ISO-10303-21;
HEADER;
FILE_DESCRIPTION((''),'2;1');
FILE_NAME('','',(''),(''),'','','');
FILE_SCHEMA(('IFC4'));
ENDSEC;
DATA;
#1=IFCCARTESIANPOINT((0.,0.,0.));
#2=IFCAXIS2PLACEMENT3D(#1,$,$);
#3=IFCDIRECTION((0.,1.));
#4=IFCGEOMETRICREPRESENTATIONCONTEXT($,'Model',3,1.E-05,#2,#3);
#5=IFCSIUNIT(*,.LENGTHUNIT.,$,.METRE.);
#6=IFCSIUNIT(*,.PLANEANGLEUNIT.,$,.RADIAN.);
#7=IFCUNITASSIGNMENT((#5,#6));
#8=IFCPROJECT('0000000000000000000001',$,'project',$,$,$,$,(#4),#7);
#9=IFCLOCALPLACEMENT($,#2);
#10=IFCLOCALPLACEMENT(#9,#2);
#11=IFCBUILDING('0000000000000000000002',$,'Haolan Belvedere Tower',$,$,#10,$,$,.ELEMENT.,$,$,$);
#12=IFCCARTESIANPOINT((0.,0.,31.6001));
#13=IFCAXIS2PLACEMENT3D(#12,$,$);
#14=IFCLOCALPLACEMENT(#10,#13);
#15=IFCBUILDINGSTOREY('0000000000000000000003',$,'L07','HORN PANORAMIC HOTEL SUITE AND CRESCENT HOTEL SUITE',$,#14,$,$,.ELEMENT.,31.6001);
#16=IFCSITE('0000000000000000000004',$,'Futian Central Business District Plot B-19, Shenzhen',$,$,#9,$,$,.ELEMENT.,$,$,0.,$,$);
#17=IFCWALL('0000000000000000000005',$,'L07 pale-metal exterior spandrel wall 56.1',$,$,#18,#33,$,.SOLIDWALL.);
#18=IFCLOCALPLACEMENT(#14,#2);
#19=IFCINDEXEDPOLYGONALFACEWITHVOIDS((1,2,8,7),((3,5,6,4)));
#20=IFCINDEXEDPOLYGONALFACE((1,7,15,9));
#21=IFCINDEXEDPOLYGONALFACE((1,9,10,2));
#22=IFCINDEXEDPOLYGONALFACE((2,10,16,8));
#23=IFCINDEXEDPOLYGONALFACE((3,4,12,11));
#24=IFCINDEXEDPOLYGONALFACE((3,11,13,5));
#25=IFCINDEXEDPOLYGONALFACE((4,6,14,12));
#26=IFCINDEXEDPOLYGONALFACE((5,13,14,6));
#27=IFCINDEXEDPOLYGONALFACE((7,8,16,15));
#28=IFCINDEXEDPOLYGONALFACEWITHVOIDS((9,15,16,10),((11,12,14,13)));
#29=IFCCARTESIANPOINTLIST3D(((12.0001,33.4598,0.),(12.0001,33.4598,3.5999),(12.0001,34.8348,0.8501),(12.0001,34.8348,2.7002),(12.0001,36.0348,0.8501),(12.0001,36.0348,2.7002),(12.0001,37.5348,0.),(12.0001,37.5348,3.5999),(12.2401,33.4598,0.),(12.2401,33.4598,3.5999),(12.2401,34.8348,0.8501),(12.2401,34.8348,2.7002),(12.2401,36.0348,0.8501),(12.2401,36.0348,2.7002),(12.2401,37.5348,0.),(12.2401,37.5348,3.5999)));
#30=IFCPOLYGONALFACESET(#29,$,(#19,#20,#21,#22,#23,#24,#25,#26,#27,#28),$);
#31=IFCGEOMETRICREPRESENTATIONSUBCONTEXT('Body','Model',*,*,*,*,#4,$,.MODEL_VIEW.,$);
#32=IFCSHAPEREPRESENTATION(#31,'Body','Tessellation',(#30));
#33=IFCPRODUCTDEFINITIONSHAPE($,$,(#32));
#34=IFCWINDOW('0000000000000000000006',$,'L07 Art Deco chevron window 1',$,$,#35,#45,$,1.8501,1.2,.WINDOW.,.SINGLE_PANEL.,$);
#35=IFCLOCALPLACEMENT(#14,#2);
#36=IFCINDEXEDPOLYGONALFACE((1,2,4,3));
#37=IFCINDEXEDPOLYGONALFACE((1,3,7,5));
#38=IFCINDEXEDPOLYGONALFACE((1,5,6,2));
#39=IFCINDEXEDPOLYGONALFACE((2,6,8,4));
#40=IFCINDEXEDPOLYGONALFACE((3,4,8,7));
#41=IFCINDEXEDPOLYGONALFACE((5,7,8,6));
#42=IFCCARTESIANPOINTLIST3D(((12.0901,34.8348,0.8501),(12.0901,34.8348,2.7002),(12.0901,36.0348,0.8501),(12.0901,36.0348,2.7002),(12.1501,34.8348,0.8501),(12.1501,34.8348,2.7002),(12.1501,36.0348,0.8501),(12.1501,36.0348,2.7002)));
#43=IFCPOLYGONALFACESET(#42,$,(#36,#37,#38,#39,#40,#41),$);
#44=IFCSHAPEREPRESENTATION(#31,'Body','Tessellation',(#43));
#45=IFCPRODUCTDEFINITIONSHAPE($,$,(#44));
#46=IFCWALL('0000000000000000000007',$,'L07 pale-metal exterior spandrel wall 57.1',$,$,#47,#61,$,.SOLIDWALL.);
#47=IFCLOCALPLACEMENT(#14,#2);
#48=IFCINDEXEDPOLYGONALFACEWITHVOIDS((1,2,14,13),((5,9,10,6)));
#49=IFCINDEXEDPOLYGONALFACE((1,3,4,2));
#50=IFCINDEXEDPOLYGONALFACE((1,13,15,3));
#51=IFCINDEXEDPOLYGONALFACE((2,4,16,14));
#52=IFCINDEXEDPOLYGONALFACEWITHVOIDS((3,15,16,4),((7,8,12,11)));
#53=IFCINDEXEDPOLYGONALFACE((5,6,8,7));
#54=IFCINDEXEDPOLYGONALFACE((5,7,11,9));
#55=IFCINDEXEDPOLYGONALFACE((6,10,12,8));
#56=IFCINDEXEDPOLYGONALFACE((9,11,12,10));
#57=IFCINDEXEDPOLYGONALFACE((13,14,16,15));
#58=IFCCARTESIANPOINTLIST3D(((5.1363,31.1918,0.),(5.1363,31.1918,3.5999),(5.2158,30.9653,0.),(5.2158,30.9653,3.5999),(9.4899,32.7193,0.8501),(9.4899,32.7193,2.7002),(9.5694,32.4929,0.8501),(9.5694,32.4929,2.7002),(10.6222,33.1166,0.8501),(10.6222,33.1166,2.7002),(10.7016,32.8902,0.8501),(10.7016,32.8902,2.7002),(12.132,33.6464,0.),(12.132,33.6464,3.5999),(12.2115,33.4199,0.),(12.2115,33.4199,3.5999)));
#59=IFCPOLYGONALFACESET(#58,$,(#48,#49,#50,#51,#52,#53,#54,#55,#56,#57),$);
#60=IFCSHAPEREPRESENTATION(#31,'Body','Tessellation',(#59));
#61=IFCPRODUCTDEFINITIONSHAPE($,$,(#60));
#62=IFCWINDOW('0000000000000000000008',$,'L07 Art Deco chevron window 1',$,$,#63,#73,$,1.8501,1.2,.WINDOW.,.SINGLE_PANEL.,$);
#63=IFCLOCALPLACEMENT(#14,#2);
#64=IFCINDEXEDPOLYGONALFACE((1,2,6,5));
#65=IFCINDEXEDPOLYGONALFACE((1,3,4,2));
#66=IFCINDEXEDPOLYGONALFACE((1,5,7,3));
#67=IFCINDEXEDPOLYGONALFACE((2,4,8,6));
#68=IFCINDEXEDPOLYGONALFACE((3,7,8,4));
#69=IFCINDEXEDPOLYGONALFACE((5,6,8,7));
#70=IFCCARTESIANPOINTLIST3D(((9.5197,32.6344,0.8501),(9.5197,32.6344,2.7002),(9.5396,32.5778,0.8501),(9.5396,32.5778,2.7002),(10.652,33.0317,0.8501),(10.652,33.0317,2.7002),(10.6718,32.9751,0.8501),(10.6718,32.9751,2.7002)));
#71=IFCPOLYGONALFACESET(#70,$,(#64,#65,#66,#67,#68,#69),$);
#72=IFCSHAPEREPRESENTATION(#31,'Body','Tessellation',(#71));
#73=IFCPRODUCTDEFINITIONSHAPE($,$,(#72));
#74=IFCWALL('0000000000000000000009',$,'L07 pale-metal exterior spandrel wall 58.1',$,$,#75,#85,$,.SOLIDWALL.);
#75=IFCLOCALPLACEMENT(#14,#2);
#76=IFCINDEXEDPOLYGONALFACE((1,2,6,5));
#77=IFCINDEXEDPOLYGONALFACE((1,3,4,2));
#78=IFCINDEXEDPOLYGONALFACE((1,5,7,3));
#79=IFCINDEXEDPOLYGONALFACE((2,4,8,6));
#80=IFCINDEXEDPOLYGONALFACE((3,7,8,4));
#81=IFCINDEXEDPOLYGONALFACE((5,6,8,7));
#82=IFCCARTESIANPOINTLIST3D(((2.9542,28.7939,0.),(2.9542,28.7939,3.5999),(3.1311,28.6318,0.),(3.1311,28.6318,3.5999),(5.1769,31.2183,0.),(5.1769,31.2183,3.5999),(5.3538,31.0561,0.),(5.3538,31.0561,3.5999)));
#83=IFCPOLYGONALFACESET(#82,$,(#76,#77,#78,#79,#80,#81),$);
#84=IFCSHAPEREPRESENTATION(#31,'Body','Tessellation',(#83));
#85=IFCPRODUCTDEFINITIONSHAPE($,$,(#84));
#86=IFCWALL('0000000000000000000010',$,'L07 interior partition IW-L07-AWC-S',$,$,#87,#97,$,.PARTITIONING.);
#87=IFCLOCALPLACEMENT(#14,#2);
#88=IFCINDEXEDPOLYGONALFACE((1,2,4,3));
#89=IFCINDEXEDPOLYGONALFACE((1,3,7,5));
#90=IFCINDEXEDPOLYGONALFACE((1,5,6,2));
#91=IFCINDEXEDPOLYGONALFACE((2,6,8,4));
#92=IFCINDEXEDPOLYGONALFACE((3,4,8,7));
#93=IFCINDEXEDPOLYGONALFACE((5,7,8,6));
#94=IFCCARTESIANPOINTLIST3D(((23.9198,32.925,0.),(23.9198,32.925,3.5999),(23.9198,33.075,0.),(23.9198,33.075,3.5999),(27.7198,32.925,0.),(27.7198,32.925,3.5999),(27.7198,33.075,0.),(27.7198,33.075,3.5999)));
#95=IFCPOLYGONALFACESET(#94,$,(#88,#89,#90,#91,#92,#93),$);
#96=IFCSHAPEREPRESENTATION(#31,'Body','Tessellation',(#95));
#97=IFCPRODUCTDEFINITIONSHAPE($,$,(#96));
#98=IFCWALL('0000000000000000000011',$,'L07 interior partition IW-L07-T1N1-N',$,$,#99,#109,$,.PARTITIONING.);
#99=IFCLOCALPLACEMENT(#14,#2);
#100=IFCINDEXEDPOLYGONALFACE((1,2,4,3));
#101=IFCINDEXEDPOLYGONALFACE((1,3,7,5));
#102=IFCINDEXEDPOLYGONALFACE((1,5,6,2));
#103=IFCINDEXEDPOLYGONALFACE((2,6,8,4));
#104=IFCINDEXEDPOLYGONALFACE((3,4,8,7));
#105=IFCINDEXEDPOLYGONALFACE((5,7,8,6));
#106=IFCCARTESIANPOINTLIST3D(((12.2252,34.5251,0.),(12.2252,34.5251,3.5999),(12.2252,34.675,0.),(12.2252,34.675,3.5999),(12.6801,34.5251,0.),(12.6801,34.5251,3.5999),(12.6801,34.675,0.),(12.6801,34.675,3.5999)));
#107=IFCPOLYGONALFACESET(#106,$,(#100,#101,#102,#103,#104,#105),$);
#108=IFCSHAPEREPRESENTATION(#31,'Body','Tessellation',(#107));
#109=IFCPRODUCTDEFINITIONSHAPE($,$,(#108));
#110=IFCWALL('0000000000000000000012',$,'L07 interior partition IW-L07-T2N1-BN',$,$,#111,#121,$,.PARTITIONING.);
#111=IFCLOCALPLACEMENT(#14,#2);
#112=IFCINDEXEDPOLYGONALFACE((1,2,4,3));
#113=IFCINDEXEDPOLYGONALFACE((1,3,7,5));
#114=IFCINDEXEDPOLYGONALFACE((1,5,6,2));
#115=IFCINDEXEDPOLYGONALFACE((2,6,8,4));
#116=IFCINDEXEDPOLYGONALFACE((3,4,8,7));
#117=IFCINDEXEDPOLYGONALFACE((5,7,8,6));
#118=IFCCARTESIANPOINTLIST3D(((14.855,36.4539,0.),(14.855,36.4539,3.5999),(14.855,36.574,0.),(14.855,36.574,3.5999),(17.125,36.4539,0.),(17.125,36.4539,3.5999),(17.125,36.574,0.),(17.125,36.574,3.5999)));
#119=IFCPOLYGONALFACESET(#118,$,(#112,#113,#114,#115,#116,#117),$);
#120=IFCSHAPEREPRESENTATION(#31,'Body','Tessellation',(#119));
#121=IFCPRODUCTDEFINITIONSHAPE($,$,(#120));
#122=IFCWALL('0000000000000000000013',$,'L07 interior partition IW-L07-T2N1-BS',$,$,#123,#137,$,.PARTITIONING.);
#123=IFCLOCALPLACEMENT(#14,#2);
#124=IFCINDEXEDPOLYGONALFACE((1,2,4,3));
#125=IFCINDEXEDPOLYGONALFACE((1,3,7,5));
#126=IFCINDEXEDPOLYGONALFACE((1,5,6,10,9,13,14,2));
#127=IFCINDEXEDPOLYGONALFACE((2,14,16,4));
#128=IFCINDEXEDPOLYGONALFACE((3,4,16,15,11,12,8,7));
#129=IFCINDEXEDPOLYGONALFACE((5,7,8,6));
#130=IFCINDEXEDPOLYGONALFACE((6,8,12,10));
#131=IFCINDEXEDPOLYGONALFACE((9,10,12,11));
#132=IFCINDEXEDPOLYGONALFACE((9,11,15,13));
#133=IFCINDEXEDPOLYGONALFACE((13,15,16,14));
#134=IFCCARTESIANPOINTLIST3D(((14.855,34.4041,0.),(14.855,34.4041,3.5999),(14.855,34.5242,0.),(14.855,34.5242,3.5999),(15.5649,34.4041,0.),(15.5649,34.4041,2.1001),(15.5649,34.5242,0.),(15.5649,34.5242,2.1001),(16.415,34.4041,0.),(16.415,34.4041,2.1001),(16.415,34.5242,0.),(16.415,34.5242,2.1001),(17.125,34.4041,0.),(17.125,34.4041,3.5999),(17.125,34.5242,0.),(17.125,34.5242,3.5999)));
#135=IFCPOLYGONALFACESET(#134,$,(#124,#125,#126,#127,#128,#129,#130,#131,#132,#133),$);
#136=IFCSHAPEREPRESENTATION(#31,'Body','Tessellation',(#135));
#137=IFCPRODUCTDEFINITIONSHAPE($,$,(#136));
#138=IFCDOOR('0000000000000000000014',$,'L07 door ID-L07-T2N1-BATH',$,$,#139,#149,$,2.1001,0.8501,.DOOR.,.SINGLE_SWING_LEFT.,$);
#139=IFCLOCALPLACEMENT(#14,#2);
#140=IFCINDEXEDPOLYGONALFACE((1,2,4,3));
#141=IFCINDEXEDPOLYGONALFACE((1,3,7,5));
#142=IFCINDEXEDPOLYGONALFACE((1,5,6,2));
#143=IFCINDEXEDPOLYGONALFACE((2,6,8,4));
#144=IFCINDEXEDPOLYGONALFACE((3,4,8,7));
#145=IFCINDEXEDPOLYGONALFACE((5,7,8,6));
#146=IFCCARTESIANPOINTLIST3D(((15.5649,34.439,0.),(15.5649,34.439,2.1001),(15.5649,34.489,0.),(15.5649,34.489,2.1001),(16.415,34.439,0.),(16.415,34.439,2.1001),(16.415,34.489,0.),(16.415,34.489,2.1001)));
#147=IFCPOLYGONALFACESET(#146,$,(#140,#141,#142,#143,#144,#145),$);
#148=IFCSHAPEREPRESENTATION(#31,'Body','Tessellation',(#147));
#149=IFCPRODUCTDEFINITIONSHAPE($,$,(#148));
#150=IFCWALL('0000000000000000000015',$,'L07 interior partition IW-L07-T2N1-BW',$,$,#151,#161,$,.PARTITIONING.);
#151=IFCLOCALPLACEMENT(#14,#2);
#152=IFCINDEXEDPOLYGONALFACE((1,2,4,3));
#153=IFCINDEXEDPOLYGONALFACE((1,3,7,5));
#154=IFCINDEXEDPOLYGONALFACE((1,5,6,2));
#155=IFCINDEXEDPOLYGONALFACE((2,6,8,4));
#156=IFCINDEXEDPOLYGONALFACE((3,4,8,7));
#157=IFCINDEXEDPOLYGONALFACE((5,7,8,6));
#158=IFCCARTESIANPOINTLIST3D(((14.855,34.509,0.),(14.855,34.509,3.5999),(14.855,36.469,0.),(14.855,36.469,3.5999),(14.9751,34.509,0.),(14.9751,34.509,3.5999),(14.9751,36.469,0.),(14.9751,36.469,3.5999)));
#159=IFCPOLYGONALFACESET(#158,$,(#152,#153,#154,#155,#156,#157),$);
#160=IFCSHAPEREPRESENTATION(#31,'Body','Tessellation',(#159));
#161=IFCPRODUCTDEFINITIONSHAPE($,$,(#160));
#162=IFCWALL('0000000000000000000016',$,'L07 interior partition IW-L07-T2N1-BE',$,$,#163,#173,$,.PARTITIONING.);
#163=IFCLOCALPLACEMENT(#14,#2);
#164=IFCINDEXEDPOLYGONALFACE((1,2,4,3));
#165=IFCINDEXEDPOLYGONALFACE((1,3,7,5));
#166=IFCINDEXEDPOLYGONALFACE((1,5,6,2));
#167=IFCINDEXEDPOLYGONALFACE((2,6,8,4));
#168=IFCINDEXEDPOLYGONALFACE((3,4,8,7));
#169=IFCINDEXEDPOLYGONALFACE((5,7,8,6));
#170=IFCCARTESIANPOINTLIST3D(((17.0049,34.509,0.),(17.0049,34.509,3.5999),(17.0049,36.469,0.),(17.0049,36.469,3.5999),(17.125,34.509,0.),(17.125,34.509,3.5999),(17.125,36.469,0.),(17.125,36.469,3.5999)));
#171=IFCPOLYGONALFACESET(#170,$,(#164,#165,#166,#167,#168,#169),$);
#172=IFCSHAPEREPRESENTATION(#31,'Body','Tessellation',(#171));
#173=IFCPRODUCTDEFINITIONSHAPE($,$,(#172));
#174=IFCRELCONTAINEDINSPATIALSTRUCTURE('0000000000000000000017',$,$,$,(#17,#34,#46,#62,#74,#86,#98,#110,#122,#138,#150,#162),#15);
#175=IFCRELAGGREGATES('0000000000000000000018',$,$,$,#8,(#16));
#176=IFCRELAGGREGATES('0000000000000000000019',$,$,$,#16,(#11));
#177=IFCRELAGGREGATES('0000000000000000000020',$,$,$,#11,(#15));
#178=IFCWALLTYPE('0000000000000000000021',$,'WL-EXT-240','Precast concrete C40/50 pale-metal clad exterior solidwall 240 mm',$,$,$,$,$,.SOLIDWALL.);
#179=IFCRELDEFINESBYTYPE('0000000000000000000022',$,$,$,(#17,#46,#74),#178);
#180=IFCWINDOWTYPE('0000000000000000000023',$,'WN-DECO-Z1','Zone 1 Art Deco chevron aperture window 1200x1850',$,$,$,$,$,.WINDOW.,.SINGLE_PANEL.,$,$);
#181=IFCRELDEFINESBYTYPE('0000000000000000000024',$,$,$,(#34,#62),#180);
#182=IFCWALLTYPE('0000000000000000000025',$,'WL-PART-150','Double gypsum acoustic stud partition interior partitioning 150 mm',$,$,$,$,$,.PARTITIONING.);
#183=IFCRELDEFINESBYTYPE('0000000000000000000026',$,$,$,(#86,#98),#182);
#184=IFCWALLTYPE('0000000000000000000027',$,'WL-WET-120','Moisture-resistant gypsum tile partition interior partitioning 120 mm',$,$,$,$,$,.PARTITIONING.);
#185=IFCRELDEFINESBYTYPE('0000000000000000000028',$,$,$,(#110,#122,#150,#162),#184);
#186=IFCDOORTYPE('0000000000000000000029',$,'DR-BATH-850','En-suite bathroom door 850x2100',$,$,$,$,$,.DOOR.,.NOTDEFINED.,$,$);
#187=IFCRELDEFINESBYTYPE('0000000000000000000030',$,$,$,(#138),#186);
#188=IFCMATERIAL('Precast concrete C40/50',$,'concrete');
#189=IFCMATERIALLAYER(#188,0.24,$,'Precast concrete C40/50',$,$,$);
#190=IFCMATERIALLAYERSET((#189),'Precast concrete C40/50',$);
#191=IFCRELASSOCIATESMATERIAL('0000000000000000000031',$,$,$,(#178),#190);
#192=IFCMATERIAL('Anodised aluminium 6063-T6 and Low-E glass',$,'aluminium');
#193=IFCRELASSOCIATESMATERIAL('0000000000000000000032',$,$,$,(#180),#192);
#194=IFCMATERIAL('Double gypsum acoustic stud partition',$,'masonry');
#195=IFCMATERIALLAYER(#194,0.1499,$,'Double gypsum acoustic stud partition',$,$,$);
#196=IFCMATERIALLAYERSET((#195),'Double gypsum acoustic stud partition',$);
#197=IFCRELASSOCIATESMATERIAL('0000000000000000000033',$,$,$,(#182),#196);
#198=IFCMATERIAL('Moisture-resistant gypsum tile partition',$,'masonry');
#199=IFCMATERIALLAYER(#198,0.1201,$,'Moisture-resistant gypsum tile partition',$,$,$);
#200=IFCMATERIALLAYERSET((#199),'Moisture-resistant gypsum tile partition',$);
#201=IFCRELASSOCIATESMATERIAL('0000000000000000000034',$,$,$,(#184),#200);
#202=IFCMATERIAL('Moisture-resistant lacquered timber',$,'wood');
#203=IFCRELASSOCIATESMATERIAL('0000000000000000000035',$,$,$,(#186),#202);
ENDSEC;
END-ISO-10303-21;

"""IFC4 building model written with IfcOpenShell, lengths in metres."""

from ifc_helpers import new_model, si_unit, direction, frame, frame_2d, origin, place, context, subcontext, project, spatial, rectangle, extrude, material, layer, layer_set, type_object, element, fill, save


model = new_model("IFC4")

# Units and contexts
model_context = context("Model", 3, precision=1e-05, world=origin(), true_north=direction((0.0, 1.0)))
body_context = subcontext(model_context, "Body", "Model", "MODEL_VIEW")
ifc_project = project(units=[si_unit("LENGTHUNIT", "METRE"), si_unit("PLANEANGLEUNIT", "RADIAN")], contexts=[model_context])

# Site, building, storey
site_placement = place(None, origin())
site = spatial("IfcSite", under=ifc_project, at=site_placement, Name="Futian Central Business District Plot B-19, Shenzhen", CompositionType="ELEMENT", RefElevation=0.0)
building_placement = place(site_placement, origin())
building = spatial("IfcBuilding", under=site, at=building_placement, Name="Haolan Belvedere Tower", CompositionType="ELEMENT")
storey_placement = place(building_placement, frame((0.0, 0.0, 31.6001)))
storey = spatial("IfcBuildingStorey", under=building, at=storey_placement, Name="L07", Description="HORN PANORAMIC HOTEL SUITE AND CRESCENT HOTEL SUITE", CompositionType="ELEMENT", Elevation=31.6001)

# Shared definitions
ifc_material_1 = material(Name="Precast concrete C40/50", Category="concrete")
ifc_layer_1 = layer(ifc_material_1, 0.24, Name="Precast concrete C40/50")
ifc_layer_set_1 = layer_set([ifc_layer_1], Name="Precast concrete C40/50")
wall_type_1 = type_object("IfcWallType", Name="WL-EXT-240", Description="Precast concrete C40/50 pale-metal clad exterior solidwall 240 mm", PredefinedType="SOLIDWALL", material=ifc_layer_set_1)

# Shared definitions
ifc_material_2 = material(Name="Anodised aluminium 6063-T6 and Low-E glass", Category="aluminium")
window_type = type_object("IfcWindowType", Name="WN-DECO-Z1", Description="Zone 1 Art Deco chevron aperture window 1200x1850", PartitioningType="SINGLE_PANEL", PredefinedType="WINDOW", material=ifc_material_2)

# Walls, openings, windows
wall_1_placement = place(storey_placement, frame((12.1201, 37.5349, 0.0), z_axis=(0.0, 0.0, 1.0), x_axis=(0.0, -1.0, 0.0)))
wall_1 = element("IfcWall", 1, at=wall_1_placement, inside=storey, type_object=wall_type_1, Name="L07 pale-metal exterior spandrel wall 56.1", PredefinedType="SOLIDWALL", context=body_context, shape_type="SweptSolid", body=[
    extrude(rectangle(XDim=4.075, YDim=0.24, at=frame_2d((2.0376, 0.0))), origin(), (0.0, 0.0, 1.0), 3.5999),
])
opening_1_placement = place(wall_1_placement, frame((1.5, 0.0, 0.8501)))
opening_1 = element("IfcOpeningElement", 2, at=opening_1_placement, cuts=wall_1, PredefinedType="OPENING", context=body_context, shape_type="SweptSolid", body=[
    extrude(rectangle(XDim=1.2, YDim=1.8501, at=frame_2d((0.6001, 0.925))), frame((0.0, 0.1299, 0.0), z_axis=(0.0, -1.0, 0.0), x_axis=(1.0, 0.0, 0.0)), (0.0, 0.0, 1.0), 0.26),
])
window_1_placement = place(opening_1_placement, origin())
window_1 = element("IfcWindow", 3, at=window_1_placement, inside=storey, type_object=window_type, Name="L07 Art Deco chevron window 1", OverallHeight=1.8501, OverallWidth=1.2, PartitioningType="SINGLE_PANEL", PredefinedType="WINDOW", context=body_context, shape_type="SweptSolid", body=[
    extrude(rectangle(XDim=1.2, YDim=1.8501, at=frame_2d((0.6001, 0.925))), frame((0.0, 0.03, 0.0), z_axis=(0.0, -1.0, 0.0), x_axis=(1.0, 0.0, 0.0)), (0.0, 0.0, 1.0), 0.0601),
])
fill(opening_1, window_1)
wall_2_placement = place(storey_placement, frame((12.1719, 33.5332, 0.0), z_axis=(0.0, 0.0, 1.0), x_axis=(-0.9436, -0.331087, 0.0)))
wall_2 = element("IfcWall", 4, at=wall_2_placement, inside=storey, type_object=wall_type_1, Name="L07 pale-metal exterior spandrel wall 57.1", PredefinedType="SOLIDWALL", context=body_context, shape_type="SweptSolid", body=[
    extrude(rectangle(XDim=7.4138, YDim=0.24, at=frame_2d((3.707, 0.0))), origin(), (0.0, 0.0, 1.0), 3.5999),
])
opening_2_placement = place(wall_2_placement, frame((1.6001, 0.0, 0.8501)))
opening_2 = element("IfcOpeningElement", 5, at=opening_2_placement, cuts=wall_2, PredefinedType="OPENING", context=body_context, shape_type="SweptSolid", body=[
    extrude(rectangle(XDim=1.2, YDim=1.8501, at=frame_2d((0.6001, 0.925))), frame((0.0, 0.1299, 0.0), z_axis=(0.0, -1.0, 0.0), x_axis=(1.0, 0.0, 0.0)), (0.0, 0.0, 1.0), 0.26),
])
window_2_placement = place(opening_2_placement, origin())
window_2 = element("IfcWindow", 6, at=window_2_placement, inside=storey, type_object=window_type, Name="L07 Art Deco chevron window 1", OverallHeight=1.8501, OverallWidth=1.2, PartitioningType="SINGLE_PANEL", PredefinedType="WINDOW", context=body_context, shape_type="SweptSolid", body=[
    extrude(rectangle(XDim=1.2, YDim=1.8501, at=frame_2d((0.6001, 0.925))), frame((0.0, 0.03, 0.0), z_axis=(0.0, -1.0, 0.0), x_axis=(1.0, 0.0, 0.0)), (0.0, 0.0, 1.0), 0.0601),
])
fill(opening_2, window_2)

# Walls
wall_3_placement = place(storey_placement, frame((5.2654, 31.1372, 0.0), z_axis=(0.0, 0.0, 1.0), x_axis=(-0.675785, -0.737099, 0.0)))
element("IfcWall", 7, at=wall_3_placement, inside=storey, type_object=wall_type_1, Name="L07 pale-metal exterior spandrel wall 58.1", PredefinedType="SOLIDWALL", context=body_context, shape_type="SweptSolid", body=[
    extrude(rectangle(XDim=3.2891, YDim=0.24, at=frame_2d((1.6445, 0.0))), origin(), (0.0, 0.0, 1.0), 3.5999),
])
ifc_material_3 = material(Name="Double gypsum acoustic stud partition", Category="masonry")
ifc_layer_2 = layer(ifc_material_3, 0.1499, Name="Double gypsum acoustic stud partition")
ifc_layer_set_2 = layer_set([ifc_layer_2], Name="Double gypsum acoustic stud partition")
wall_type_2 = type_object("IfcWallType", Name="WL-PART-150", Description="Double gypsum acoustic stud partition interior partitioning 150 mm", PredefinedType="PARTITIONING", material=ifc_layer_set_2)
wall_4_placement = place(storey_placement, frame((23.9199, 33.0, 0.0), z_axis=(0.0, 0.0, 1.0), x_axis=(1.0, 0.0, 0.0)))
element("IfcWall", 8, at=wall_4_placement, inside=storey, type_object=wall_type_2, Name="L07 interior partition IW-L07-AWC-S", PredefinedType="PARTITIONING", context=body_context, shape_type="SweptSolid", body=[
    extrude(rectangle(XDim=3.8, YDim=0.1499, at=frame_2d((1.8999, 0.0))), origin(), (0.0, 0.0, 1.0), 3.5999),
])
wall_5_placement = place(storey_placement, frame((12.2251, 34.6001, 0.0), z_axis=(0.0, 0.0, 1.0), x_axis=(1.0, 0.0, 0.0)))
element("IfcWall", 9, at=wall_5_placement, inside=storey, type_object=wall_type_2, Name="L07 interior partition IW-L07-T1N1-N", PredefinedType="PARTITIONING", context=body_context, shape_type="SweptSolid", body=[
    extrude(rectangle(XDim=0.4548, YDim=0.1499, at=frame_2d((0.2275, 0.0))), origin(), (0.0, 0.0, 1.0), 3.5999),
])
ifc_material_4 = material(Name="Moisture-resistant gypsum tile partition", Category="masonry")
ifc_layer_3 = layer(ifc_material_4, 0.1201, Name="Moisture-resistant gypsum tile partition")
ifc_layer_set_3 = layer_set([ifc_layer_3], Name="Moisture-resistant gypsum tile partition")
wall_type_3 = type_object("IfcWallType", Name="WL-WET-120", Description="Moisture-resistant gypsum tile partition interior partitioning 120 mm", PredefinedType="PARTITIONING", material=ifc_layer_set_3)
wall_6_placement = place(storey_placement, frame((14.855, 36.5139, 0.0), z_axis=(0.0, 0.0, 1.0), x_axis=(1.0, 0.0, 0.0)))
element("IfcWall", 10, at=wall_6_placement, inside=storey, type_object=wall_type_3, Name="L07 interior partition IW-L07-T2N1-BN", PredefinedType="PARTITIONING", context=body_context, shape_type="SweptSolid", body=[
    extrude(rectangle(XDim=2.27, YDim=0.1201, at=frame_2d((1.135, 0.0))), origin(), (0.0, 0.0, 1.0), 3.5999),
])

# Wall, opening, door
wall_7_placement = place(storey_placement, frame((14.855, 34.4641, 0.0), z_axis=(0.0, 0.0, 1.0), x_axis=(1.0, 0.0, 0.0)))
wall_7 = element("IfcWall", 11, at=wall_7_placement, inside=storey, type_object=wall_type_3, Name="L07 interior partition IW-L07-T2N1-BS", PredefinedType="PARTITIONING", context=body_context, shape_type="SweptSolid", body=[
    extrude(rectangle(XDim=2.27, YDim=0.1201, at=frame_2d((1.135, 0.0))), origin(), (0.0, 0.0, 1.0), 3.5999),
])
opening_3_placement = place(wall_7_placement, frame((0.71, 0.0, 0.0)))
opening_3 = element("IfcOpeningElement", 12, at=opening_3_placement, cuts=wall_7, PredefinedType="OPENING", context=body_context, shape_type="SweptSolid", body=[
    extrude(rectangle(XDim=0.8501, YDim=2.1001, at=frame_2d((0.425, 1.05))), frame((0.0, 0.0701, 0.0), z_axis=(0.0, -1.0, 0.0), x_axis=(1.0, 0.0, 0.0)), (0.0, 0.0, 1.0), 0.1401),
])
ifc_material_5 = material(Name="Moisture-resistant lacquered timber", Category="wood")
door_type = type_object("IfcDoorType", Name="DR-BATH-850", Description="En-suite bathroom door 850x2100", OperationType="NOTDEFINED", PredefinedType="DOOR", material=ifc_material_5)
door_1_placement = place(opening_3_placement, origin())
door_1 = element("IfcDoor", 13, at=door_1_placement, inside=storey, type_object=door_type, Name="L07 door ID-L07-T2N1-BATH", OperationType="SINGLE_SWING_LEFT", OverallHeight=2.1001, OverallWidth=0.8501, PredefinedType="DOOR", context=body_context, shape_type="SweptSolid", body=[
    extrude(rectangle(XDim=0.8501, YDim=2.1001, at=frame_2d((0.425, 1.05))), frame((0.0, 0.0249, 0.0), z_axis=(0.0, -1.0, 0.0), x_axis=(1.0, 0.0, 0.0)), (0.0, 0.0, 1.0), 0.05),
])
fill(opening_3, door_1)

# Walls
for number, where, z_axis, x_axis, name in (
    (14, (14.915, 34.509, 0.0), (0.0, 0.0, 1.0), (0.0, 1.0, 0.0), "L07 interior partition IW-L07-T2N1-BW"),
    (15, (17.0649, 34.509, 0.0), (0.0, 0.0, 1.0), (0.0, 1.0, 0.0), "L07 interior partition IW-L07-T2N1-BE"),
):
    element("IfcWall", number, at=place(storey_placement, frame(where, z_axis=z_axis, x_axis=x_axis)), inside=storey, type_object=wall_type_3, Name=name, PredefinedType="PARTITIONING", context=body_context, shape_type="SweptSolid", body=[
        extrude(rectangle(XDim=1.96, YDim=0.1201, at=frame_2d((0.98, 0.0))), origin(), (0.0, 0.0, 1.0), 3.5999),
    ])

save(model, "model.ifc")
